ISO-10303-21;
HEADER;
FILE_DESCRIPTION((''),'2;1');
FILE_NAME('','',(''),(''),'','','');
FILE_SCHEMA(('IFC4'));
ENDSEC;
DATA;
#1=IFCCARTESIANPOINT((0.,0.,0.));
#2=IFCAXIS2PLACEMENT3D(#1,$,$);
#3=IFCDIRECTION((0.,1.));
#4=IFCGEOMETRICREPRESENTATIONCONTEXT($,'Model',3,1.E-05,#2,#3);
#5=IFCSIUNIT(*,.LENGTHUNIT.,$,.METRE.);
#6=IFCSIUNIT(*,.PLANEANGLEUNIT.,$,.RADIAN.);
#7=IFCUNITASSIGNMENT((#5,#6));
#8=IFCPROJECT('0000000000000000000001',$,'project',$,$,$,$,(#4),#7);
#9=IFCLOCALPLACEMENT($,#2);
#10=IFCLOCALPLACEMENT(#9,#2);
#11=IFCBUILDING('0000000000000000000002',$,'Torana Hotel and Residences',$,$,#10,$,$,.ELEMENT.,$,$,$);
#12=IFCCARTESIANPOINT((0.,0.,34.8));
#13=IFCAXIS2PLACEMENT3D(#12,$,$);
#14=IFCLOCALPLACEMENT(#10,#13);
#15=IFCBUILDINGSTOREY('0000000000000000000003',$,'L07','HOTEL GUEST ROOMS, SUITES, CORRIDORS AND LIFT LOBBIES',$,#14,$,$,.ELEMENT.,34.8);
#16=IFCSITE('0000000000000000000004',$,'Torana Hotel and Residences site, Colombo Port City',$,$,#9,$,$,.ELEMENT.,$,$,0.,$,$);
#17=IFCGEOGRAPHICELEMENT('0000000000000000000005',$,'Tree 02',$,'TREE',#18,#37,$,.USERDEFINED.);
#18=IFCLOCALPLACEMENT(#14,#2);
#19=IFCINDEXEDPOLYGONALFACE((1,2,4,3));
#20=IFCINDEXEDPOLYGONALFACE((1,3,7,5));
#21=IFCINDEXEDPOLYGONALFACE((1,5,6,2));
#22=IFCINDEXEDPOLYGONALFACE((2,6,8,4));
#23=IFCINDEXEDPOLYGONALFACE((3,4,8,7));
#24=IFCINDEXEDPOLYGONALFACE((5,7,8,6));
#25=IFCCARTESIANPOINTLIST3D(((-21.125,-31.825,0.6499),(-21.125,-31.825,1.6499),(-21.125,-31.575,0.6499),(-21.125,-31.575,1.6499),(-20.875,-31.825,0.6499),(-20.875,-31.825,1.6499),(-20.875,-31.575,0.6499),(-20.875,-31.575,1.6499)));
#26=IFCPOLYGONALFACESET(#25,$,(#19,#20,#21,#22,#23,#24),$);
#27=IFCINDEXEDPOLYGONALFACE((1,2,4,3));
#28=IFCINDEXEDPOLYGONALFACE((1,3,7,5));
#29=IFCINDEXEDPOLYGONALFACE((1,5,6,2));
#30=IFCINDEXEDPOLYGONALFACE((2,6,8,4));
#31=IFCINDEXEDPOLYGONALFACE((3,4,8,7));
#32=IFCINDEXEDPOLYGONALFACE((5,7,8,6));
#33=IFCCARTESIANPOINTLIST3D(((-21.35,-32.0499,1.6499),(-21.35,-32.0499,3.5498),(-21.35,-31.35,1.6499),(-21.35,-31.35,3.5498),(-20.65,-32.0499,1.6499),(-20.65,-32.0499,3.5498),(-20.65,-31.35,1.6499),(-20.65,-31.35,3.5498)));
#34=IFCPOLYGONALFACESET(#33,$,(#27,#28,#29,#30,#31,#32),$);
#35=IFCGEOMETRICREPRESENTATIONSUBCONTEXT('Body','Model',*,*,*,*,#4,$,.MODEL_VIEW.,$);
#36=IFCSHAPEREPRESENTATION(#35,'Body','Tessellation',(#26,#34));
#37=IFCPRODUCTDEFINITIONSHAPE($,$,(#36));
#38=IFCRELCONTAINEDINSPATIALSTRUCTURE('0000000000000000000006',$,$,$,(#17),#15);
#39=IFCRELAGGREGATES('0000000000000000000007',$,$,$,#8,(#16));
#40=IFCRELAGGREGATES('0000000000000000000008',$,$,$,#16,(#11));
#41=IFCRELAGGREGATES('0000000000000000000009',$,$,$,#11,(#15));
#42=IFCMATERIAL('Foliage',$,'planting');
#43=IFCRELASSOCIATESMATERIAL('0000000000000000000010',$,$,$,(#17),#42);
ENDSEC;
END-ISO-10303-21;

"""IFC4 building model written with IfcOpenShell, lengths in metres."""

from ifc_helpers import new_model, si_unit, direction, frame, origin, origin_2d, place, context, subcontext, project, spatial, rectangle, extrude, material, element, save


model = new_model("IFC4")

# Units and contexts
model_context = context("Model", 3, precision=1e-05, world=origin(), true_north=direction((0.0, 1.0)))
body_context = subcontext(model_context, "Body", "Model", "MODEL_VIEW")
ifc_project = project(units=[si_unit("LENGTHUNIT", "METRE"), si_unit("PLANEANGLEUNIT", "RADIAN")], contexts=[model_context])

# Site, building, storey
site_placement = place(None, origin())
site = spatial("IfcSite", under=ifc_project, at=site_placement, Name="Torana Hotel and Residences site, Colombo Port City", CompositionType="ELEMENT", RefElevation=0.0)
building_placement = place(site_placement, origin())
building = spatial("IfcBuilding", under=site, at=building_placement, Name="Torana Hotel and Residences", CompositionType="ELEMENT")
storey_placement = place(building_placement, frame((0.0, 0.0, 34.8)))
storey = spatial("IfcBuildingStorey", under=building, at=storey_placement, Name="L07", Description="HOTEL GUEST ROOMS, SUITES, CORRIDORS AND LIFT LOBBIES", CompositionType="ELEMENT", Elevation=34.8)

# Geographic element
ifc_material_1 = material(Name="Foliage", Category="planting")
geographic_element_placement = place(storey_placement, frame((-21.0, -31.7, 0.6499), z_axis=(0.0, 0.0, 1.0), x_axis=(1.0, 0.0, 0.0)))
element("IfcGeographicElement", 1, at=geographic_element_placement, inside=storey, material=ifc_material_1, Name="Tree 02", ObjectType="TREE", PredefinedType="USERDEFINED", context=body_context, shape_type="SweptSolid", body=[
    extrude(rectangle(XDim=0.25, YDim=0.25, at=origin_2d()), origin(), (0.0, 0.0, 1.0), 1.0),
    extrude(rectangle(XDim=0.7, YDim=0.7, at=origin_2d()), frame((0.0, 0.0, 1.0)), (0.0, 0.0, 1.0), 1.8999),
])

save(model, "model.ifc")
